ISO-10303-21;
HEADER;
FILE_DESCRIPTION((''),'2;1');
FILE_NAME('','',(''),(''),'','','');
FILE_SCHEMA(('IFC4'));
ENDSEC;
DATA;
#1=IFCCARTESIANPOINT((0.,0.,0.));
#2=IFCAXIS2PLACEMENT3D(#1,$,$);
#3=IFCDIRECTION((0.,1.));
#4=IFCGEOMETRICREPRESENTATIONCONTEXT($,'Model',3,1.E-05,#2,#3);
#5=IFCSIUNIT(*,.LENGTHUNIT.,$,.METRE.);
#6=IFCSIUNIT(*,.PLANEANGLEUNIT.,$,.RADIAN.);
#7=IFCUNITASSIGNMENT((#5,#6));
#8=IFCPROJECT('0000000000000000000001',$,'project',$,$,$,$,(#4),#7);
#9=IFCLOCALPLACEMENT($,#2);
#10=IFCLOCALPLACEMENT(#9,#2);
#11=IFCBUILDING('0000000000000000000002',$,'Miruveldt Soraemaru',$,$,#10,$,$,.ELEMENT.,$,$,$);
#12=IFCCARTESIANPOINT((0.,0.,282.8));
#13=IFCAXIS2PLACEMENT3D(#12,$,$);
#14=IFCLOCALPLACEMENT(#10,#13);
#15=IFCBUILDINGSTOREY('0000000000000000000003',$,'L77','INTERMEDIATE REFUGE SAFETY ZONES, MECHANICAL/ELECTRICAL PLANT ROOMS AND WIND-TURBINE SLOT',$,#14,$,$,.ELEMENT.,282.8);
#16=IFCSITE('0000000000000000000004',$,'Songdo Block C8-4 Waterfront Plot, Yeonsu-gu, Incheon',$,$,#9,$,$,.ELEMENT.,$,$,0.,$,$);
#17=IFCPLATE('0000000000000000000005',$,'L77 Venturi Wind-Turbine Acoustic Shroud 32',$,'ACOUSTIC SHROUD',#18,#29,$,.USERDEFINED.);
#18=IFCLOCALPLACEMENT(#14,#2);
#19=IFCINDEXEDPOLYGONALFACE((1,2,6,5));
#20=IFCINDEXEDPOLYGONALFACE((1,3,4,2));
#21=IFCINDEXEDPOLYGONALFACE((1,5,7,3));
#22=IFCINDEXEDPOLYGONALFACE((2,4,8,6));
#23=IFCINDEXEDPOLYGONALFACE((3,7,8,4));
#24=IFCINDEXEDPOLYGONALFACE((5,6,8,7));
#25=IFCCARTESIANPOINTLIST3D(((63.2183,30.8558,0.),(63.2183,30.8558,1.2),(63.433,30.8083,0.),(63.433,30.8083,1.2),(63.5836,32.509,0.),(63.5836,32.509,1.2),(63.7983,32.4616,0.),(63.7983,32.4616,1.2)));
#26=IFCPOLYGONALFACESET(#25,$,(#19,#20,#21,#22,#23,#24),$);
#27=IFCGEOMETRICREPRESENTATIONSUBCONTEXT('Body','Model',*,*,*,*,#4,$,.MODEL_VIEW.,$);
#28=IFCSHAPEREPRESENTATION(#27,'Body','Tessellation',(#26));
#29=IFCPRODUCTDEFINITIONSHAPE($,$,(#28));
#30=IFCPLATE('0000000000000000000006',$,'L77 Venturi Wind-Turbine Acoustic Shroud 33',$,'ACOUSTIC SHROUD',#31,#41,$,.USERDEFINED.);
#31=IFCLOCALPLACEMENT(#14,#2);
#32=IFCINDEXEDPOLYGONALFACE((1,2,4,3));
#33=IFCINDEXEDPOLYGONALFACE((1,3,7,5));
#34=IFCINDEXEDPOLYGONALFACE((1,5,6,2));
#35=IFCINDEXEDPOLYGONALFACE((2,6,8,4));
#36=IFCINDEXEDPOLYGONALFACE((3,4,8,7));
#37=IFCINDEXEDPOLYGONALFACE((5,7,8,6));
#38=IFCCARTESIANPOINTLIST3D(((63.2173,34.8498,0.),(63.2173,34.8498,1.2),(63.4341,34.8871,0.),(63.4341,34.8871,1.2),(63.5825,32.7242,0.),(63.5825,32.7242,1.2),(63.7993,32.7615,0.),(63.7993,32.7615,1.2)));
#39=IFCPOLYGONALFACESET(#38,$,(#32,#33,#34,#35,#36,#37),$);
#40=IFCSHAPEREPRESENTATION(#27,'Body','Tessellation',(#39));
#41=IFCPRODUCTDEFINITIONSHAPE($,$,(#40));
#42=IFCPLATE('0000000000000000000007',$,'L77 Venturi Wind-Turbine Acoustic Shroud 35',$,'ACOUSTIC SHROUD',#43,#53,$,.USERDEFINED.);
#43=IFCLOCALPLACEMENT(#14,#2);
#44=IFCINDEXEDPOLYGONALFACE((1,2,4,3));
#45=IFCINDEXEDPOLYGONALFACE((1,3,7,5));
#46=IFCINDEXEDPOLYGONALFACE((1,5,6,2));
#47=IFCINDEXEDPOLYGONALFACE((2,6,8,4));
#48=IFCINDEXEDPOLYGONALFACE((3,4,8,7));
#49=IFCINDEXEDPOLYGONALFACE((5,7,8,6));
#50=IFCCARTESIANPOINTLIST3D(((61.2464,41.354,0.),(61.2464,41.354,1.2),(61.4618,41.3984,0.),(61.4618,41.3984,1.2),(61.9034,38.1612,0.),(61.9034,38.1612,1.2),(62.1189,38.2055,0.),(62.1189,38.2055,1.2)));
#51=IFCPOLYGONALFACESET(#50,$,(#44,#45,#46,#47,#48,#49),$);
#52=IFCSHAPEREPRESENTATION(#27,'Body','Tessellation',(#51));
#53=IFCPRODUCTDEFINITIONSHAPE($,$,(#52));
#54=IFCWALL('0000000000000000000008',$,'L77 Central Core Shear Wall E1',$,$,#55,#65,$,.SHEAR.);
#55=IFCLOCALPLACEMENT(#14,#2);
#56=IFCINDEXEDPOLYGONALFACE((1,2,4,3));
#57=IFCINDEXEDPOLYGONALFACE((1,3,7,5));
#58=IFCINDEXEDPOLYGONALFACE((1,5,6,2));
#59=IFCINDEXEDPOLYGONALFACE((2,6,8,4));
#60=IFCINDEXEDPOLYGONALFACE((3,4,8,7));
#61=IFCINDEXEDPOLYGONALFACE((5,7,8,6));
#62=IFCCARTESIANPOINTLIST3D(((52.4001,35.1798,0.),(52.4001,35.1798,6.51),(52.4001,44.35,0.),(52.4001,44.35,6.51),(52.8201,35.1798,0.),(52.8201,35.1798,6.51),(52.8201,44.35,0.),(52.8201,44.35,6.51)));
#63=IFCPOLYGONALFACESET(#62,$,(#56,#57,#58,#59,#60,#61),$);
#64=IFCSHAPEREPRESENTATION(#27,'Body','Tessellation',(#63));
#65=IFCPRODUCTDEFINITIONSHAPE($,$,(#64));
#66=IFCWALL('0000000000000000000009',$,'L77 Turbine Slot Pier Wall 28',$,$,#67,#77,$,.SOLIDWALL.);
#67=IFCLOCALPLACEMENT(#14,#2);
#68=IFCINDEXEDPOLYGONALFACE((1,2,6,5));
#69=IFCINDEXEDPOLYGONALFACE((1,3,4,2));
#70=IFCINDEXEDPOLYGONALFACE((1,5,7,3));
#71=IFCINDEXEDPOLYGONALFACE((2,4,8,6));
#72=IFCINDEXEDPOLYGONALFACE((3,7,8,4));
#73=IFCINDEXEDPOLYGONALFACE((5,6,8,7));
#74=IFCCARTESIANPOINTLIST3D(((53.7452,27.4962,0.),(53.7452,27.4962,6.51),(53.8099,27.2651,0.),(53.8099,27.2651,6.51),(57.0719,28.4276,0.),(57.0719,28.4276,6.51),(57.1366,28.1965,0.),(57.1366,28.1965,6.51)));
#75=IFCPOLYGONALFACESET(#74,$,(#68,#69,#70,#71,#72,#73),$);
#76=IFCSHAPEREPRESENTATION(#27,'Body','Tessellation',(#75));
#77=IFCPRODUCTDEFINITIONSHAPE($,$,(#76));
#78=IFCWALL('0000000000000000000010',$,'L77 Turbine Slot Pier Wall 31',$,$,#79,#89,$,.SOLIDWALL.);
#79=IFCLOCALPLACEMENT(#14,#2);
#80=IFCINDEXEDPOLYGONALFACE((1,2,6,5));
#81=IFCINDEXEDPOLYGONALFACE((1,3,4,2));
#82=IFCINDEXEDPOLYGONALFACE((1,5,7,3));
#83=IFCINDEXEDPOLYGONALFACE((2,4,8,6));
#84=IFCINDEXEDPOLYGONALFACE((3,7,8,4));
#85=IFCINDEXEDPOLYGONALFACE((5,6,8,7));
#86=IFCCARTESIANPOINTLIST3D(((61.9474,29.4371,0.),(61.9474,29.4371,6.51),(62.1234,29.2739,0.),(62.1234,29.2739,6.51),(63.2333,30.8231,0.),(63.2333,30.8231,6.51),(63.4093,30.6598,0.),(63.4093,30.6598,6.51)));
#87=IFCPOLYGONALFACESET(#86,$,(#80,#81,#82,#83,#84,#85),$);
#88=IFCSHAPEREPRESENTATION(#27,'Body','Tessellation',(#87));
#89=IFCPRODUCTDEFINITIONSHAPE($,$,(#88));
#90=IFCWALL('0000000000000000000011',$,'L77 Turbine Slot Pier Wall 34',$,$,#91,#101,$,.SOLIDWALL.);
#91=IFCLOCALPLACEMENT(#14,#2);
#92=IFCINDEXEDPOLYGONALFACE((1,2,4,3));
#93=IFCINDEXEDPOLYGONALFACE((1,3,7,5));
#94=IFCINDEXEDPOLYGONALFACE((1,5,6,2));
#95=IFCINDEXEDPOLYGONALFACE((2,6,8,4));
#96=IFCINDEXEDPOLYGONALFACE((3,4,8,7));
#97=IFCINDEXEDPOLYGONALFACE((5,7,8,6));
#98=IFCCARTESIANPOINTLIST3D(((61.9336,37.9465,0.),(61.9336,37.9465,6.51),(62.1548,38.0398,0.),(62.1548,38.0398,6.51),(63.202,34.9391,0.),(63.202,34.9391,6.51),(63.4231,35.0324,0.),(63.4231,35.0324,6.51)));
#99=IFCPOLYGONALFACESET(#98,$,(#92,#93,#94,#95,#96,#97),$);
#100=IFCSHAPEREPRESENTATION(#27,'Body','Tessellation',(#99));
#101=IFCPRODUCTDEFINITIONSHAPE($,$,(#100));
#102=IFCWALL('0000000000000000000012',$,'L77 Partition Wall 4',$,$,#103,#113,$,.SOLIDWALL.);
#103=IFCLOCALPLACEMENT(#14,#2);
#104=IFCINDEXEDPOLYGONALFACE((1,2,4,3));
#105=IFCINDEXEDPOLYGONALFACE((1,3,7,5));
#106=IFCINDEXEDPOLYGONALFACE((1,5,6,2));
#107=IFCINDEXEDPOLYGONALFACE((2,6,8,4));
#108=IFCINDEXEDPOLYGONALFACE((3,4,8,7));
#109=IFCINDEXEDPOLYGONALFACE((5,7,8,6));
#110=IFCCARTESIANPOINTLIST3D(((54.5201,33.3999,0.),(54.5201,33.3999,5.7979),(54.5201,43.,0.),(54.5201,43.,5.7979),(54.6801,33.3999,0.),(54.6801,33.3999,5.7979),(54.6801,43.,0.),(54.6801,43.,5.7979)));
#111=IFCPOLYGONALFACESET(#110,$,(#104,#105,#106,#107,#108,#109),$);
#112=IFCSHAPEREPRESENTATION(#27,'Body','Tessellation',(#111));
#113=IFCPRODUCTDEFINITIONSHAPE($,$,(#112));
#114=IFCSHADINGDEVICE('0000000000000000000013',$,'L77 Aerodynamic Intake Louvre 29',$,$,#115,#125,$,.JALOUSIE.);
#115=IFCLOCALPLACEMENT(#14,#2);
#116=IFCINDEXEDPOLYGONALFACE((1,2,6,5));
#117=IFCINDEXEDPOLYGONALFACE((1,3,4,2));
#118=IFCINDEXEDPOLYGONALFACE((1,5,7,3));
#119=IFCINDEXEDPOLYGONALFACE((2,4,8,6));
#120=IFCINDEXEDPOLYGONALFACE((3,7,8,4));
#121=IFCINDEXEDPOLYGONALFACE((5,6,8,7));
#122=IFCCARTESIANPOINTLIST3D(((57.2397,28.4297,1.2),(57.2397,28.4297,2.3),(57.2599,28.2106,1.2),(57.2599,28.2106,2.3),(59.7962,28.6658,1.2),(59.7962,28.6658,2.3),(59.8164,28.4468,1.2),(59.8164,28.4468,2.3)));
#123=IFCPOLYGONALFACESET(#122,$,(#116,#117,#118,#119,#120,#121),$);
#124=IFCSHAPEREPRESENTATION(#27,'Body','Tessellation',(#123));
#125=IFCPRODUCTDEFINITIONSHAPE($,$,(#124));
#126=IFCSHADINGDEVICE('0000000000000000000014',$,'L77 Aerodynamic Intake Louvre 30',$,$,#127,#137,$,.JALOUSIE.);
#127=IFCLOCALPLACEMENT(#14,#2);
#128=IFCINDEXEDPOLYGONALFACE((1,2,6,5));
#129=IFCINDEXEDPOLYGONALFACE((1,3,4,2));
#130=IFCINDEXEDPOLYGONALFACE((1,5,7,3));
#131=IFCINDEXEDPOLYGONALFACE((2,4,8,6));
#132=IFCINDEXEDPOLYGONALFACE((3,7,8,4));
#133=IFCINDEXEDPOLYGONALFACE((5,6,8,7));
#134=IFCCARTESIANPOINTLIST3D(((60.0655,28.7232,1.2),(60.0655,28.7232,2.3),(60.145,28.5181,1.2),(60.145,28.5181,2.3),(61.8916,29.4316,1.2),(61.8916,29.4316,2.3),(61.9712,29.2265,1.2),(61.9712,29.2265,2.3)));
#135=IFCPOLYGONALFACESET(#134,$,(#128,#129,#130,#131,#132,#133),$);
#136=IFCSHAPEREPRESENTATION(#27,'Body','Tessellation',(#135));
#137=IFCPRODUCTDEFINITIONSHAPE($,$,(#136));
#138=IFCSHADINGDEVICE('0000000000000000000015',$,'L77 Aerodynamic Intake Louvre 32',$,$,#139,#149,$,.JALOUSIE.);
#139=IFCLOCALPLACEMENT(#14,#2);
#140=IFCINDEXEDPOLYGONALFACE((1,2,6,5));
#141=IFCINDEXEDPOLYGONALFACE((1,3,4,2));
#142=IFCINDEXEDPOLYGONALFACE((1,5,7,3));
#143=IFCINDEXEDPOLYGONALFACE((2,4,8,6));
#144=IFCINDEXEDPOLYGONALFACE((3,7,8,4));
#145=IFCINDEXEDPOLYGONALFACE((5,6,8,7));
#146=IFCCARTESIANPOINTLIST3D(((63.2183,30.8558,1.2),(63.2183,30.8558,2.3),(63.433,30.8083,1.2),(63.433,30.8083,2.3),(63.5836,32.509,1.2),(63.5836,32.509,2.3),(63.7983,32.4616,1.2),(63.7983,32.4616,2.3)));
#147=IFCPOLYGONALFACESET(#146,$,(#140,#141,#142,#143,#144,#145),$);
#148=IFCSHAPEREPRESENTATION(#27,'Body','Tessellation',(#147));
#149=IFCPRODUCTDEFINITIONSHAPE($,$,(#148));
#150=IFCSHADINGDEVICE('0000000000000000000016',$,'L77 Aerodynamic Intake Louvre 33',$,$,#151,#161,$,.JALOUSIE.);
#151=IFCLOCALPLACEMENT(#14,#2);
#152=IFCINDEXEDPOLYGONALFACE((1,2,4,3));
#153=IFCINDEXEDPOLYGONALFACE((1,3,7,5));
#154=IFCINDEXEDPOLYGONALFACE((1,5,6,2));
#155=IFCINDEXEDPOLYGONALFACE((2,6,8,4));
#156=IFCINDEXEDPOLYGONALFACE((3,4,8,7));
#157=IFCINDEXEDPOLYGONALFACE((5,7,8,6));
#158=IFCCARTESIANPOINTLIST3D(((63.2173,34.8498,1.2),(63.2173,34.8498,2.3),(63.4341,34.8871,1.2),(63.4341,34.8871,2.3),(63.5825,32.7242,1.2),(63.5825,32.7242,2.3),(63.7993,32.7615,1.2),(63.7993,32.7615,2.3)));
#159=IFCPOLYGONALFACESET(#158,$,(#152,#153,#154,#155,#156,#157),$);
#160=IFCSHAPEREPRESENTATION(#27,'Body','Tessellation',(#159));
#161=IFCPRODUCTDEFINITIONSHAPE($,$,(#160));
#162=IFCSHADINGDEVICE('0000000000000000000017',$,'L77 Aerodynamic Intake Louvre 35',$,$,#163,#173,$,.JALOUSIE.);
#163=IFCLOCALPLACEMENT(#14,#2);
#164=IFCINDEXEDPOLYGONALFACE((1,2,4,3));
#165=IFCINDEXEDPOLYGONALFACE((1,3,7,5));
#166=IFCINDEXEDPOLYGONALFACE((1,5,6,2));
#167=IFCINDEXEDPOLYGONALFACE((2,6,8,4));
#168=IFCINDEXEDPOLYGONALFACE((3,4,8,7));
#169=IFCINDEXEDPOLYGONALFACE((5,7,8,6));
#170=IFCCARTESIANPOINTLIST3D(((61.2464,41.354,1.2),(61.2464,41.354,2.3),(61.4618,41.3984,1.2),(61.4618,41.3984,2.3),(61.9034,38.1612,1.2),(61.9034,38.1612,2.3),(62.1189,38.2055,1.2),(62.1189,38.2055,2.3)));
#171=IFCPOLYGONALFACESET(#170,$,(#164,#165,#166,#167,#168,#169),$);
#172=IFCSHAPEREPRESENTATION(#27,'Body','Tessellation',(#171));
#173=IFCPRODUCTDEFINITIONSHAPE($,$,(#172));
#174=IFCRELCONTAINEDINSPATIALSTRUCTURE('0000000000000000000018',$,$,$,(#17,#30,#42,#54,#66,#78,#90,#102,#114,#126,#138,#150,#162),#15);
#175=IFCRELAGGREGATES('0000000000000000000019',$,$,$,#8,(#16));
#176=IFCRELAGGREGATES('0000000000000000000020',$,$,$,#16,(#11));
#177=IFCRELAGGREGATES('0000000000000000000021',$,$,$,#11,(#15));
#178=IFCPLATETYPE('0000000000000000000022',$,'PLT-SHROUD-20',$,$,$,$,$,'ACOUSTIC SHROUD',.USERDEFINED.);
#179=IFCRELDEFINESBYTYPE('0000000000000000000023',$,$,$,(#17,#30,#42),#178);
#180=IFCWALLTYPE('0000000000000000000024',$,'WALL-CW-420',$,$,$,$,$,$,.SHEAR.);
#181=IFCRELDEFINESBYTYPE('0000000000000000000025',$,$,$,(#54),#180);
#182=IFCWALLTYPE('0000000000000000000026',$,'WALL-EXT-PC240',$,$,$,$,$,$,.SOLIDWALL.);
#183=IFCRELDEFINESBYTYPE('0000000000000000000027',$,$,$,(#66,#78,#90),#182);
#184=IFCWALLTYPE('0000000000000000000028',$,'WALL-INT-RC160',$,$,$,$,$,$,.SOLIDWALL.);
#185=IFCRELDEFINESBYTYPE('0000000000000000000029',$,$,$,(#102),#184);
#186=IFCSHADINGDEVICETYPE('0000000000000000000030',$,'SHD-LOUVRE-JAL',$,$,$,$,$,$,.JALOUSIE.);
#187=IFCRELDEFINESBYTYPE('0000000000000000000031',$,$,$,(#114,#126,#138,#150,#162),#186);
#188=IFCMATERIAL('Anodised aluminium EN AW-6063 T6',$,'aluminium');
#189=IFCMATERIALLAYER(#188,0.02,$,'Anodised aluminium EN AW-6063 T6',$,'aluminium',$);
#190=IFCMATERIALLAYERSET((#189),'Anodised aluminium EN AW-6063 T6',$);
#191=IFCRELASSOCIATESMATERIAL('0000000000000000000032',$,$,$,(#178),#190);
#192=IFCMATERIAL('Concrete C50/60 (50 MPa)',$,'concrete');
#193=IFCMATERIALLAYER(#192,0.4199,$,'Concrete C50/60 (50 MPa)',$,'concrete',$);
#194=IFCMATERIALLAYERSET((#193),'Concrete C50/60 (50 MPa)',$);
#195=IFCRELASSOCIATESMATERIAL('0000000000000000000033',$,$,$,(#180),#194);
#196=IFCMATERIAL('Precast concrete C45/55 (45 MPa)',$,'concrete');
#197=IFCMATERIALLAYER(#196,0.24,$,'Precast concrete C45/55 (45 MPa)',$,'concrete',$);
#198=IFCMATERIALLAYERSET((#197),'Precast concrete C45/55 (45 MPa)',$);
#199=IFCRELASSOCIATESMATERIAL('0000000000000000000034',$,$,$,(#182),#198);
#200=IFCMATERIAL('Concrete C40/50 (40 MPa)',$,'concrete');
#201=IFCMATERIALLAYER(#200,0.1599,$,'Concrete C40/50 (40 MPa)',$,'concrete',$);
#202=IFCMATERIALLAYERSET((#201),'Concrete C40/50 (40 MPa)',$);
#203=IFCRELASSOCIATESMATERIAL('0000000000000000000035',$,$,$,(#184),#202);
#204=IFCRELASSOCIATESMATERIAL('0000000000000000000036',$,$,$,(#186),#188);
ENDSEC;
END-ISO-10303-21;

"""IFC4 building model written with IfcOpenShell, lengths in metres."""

from ifc_helpers import new_model, si_unit, direction, frame, frame_2d, origin, origin_2d, place, context, subcontext, project, spatial, rectangle, extrude, material, layer, layer_set, type_object, element, save


model = new_model("IFC4")

# Units and contexts
model_context = context("Model", 3, precision=1e-05, world=origin(), true_north=direction((0.0, 1.0)))
body_context = subcontext(model_context, "Body", "Model", "MODEL_VIEW")
ifc_project = project(units=[si_unit("LENGTHUNIT", "METRE"), si_unit("PLANEANGLEUNIT", "RADIAN")], contexts=[model_context])

# Site, building, storey
site_placement = place(None, origin())
site = spatial("IfcSite", under=ifc_project, at=site_placement, Name="Songdo Block C8-4 Waterfront Plot, Yeonsu-gu, Incheon", CompositionType="ELEMENT", RefElevation=0.0)
building_placement = place(site_placement, origin())
building = spatial("IfcBuilding", under=site, at=building_placement, Name="Miruveldt Soraemaru", CompositionType="ELEMENT")
storey_placement = place(building_placement, frame((0.0, 0.0, 282.8)))
storey = spatial("IfcBuildingStorey", under=building, at=storey_placement, Name="L77", Description="INTERMEDIATE REFUGE SAFETY ZONES, MECHANICAL/ELECTRICAL PLANT ROOMS AND WIND-TURBINE SLOT", CompositionType="ELEMENT", Elevation=282.8)

# Shared definitions
ifc_material_1 = material(Name="Concrete C50/60 (50 MPa)", Category="concrete")

# Plates
ifc_material_2 = material(Name="Anodised aluminium EN AW-6063 T6", Category="aluminium")
ifc_layer_1 = layer(ifc_material_2, 0.02, Name="Anodised aluminium EN AW-6063 T6", Category="aluminium")
ifc_layer_set_1 = layer_set([ifc_layer_1], Name="Anodised aluminium EN AW-6063 T6")
plate_type_1 = type_object("IfcPlateType", Name="PLT-SHROUD-20", ElementType="ACOUSTIC SHROUD", PredefinedType="USERDEFINED", material=ifc_layer_set_1)
plate_1_placement = place(storey_placement, frame((63.5083, 31.6587, 0.0), z_axis=(0.0, 0.0, 1.0), x_axis=(0.215758, 0.976447, 0.0)))
element("IfcPlate", 1, at=plate_1_placement, inside=storey, type_object=plate_type_1, Name="L77 Venturi Wind-Turbine Acoustic Shroud 32", ObjectType="ACOUSTIC SHROUD", PredefinedType="USERDEFINED", context=body_context, shape_type="SweptSolid", body=[
    extrude(rectangle(XDim=1.6931, YDim=0.22, at=origin_2d()), origin(), (0.0, 0.0, 1.0), 1.2),
])
plate_2_placement = place(storey_placement, frame((63.5083, 33.8057, 0.0), z_axis=(0.0, 0.0, 1.0), x_axis=(-0.169367, 0.985553, 0.0)))
element("IfcPlate", 2, at=plate_2_placement, inside=storey, type_object=plate_type_1, Name="L77 Venturi Wind-Turbine Acoustic Shroud 33", ObjectType="ACOUSTIC SHROUD", PredefinedType="USERDEFINED", context=body_context, shape_type="SweptSolid", body=[
    extrude(rectangle(XDim=2.1567, YDim=0.22, at=origin_2d()), origin(), (0.0, 0.0, 1.0), 1.2),
])
plate_3_placement = place(storey_placement, frame((61.6826, 39.7798, 0.0), z_axis=(0.0, 0.0, 1.0), x_axis=(-0.201557, 0.979477, 0.0)))
element("IfcPlate", 3, at=plate_3_placement, inside=storey, type_object=plate_type_1, Name="L77 Venturi Wind-Turbine Acoustic Shroud 35", ObjectType="ACOUSTIC SHROUD", PredefinedType="USERDEFINED", context=body_context, shape_type="SweptSolid", body=[
    extrude(rectangle(XDim=3.2598, YDim=0.22, at=origin_2d()), origin(), (0.0, 0.0, 1.0), 1.2),
])

# Walls
ifc_layer_2 = layer(ifc_material_1, 0.4199, Name="Concrete C50/60 (50 MPa)", Category="concrete")
ifc_layer_set_2 = layer_set([ifc_layer_2], Name="Concrete C50/60 (50 MPa)")
wall_type_1 = type_object("IfcWallType", Name="WALL-CW-420", PredefinedType="SHEAR", material=ifc_layer_set_2)
wall_1_placement = place(storey_placement, frame((52.6101, 35.1799, 0.0), z_axis=(0.0, 0.0, 1.0), x_axis=(0.0, 1.0, 0.0)))
element("IfcWall", 4, at=wall_1_placement, inside=storey, type_object=wall_type_1, Name="L77 Central Core Shear Wall E1", PredefinedType="SHEAR", context=body_context, shape_type="SweptSolid", body=[
    extrude(rectangle(XDim=9.1702, YDim=0.4199, at=frame_2d((4.585, 0.0))), origin(), (0.0, 0.0, 1.0), 6.51),
])
ifc_material_3 = material(Name="Precast concrete C45/55 (45 MPa)", Category="concrete")
ifc_layer_3 = layer(ifc_material_3, 0.24, Name="Precast concrete C45/55 (45 MPa)", Category="concrete")
ifc_layer_set_3 = layer_set([ifc_layer_3], Name="Precast concrete C45/55 (45 MPa)")
wall_type_2 = type_object("IfcWallType", Name="WALL-EXT-PC240", PredefinedType="SOLIDWALL", material=ifc_layer_set_3)
wall_2_placement = place(storey_placement, frame((53.7776, 27.3806, 0.0), z_axis=(0.0, 0.0, 1.0), x_axis=(0.962969, 0.269612, 0.0)))
element("IfcWall", 5, at=wall_2_placement, inside=storey, type_object=wall_type_2, Name="L77 Turbine Slot Pier Wall 28", PredefinedType="SOLIDWALL", context=body_context, shape_type="SweptSolid", body=[
    extrude(rectangle(XDim=3.4546, YDim=0.24, at=frame_2d((1.7273, 0.0))), origin(), (0.0, 0.0, 1.0), 6.51),
])
wall_3_placement = place(storey_placement, frame((62.0354, 29.3555, 0.0), z_axis=(0.0, 0.0, 1.0), x_axis=(0.680139, 0.733083, 0.0)))
element("IfcWall", 6, at=wall_3_placement, inside=storey, type_object=wall_type_2, Name="L77 Turbine Slot Pier Wall 31", PredefinedType="SOLIDWALL", context=body_context, shape_type="SweptSolid", body=[
    extrude(rectangle(XDim=1.8906, YDim=0.24, at=frame_2d((0.9453, 0.0))), origin(), (0.0, 0.0, 1.0), 6.51),
])
wall_4_placement = place(storey_placement, frame((63.3125, 34.9858, 0.0), z_axis=(0.0, 0.0, 1.0), x_axis=(-0.388595, 0.921409, 0.0)))
element("IfcWall", 7, at=wall_4_placement, inside=storey, type_object=wall_type_2, Name="L77 Turbine Slot Pier Wall 34", PredefinedType="SOLIDWALL", context=body_context, shape_type="SweptSolid", body=[
    extrude(rectangle(XDim=3.2639, YDim=0.24, at=frame_2d((1.6318, 0.0))), origin(), (0.0, 0.0, 1.0), 6.51),
])
ifc_material_4 = material(Name="Concrete C40/50 (40 MPa)", Category="concrete")
ifc_layer_4 = layer(ifc_material_4, 0.1599, Name="Concrete C40/50 (40 MPa)", Category="concrete")
ifc_layer_set_4 = layer_set([ifc_layer_4], Name="Concrete C40/50 (40 MPa)")
wall_type_3 = type_object("IfcWallType", Name="WALL-INT-RC160", PredefinedType="SOLIDWALL", material=ifc_layer_set_4)
wall_5_placement = place(storey_placement, frame((54.6001, 33.3999, 0.0), z_axis=(0.0, 0.0, 1.0), x_axis=(0.0, 1.0, 0.0)))
element("IfcWall", 8, at=wall_5_placement, inside=storey, type_object=wall_type_3, Name="L77 Partition Wall 4", PredefinedType="SOLIDWALL", context=body_context, shape_type="SweptSolid", body=[
    extrude(rectangle(XDim=9.6001, YDim=0.1599, at=frame_2d((4.8, 0.0))), origin(), (0.0, 0.0, 1.0), 5.7979),
])

# Shading devices
shading_device_type = type_object("IfcShadingDeviceType", Name="SHD-LOUVRE-JAL", PredefinedType="JALOUSIE", material=ifc_material_2)
shading_device_1_placement = place(storey_placement, frame((58.5281, 28.4382, 1.2), z_axis=(0.0, 0.0, 1.0), x_axis=(0.99576, 0.091988, 0.0)))
element("IfcShadingDevice", 9, at=shading_device_1_placement, inside=storey, type_object=shading_device_type, Name="L77 Aerodynamic Intake Louvre 29", PredefinedType="JALOUSIE", context=body_context, shape_type="SweptSolid", body=[
    extrude(rectangle(XDim=2.5674, YDim=0.22, at=origin_2d()), origin(), (0.0, 0.0, 1.0), 1.1001),
])
shading_device_2_placement = place(storey_placement, frame((61.0183, 28.9749, 1.2), z_axis=(0.0, 0.0, 1.0), x_axis=(0.932299, 0.36169, 0.0)))
element("IfcShadingDevice", 10, at=shading_device_2_placement, inside=storey, type_object=shading_device_type, Name="L77 Aerodynamic Intake Louvre 30", PredefinedType="JALOUSIE", context=body_context, shape_type="SweptSolid", body=[
    extrude(rectangle(XDim=1.9587, YDim=0.22, at=origin_2d()), origin(), (0.0, 0.0, 1.0), 1.1001),
])
shading_device_3_placement = place(storey_placement, frame((63.5083, 31.6587, 1.2), z_axis=(0.0, 0.0, 1.0), x_axis=(0.215758, 0.976447, 0.0)))
element("IfcShadingDevice", 11, at=shading_device_3_placement, inside=storey, type_object=shading_device_type, Name="L77 Aerodynamic Intake Louvre 32", PredefinedType="JALOUSIE", context=body_context, shape_type="SweptSolid", body=[
    extrude(rectangle(XDim=1.6931, YDim=0.22, at=origin_2d()), origin(), (0.0, 0.0, 1.0), 1.1001),
])
shading_device_4_placement = place(storey_placement, frame((63.5083, 33.8057, 1.2), z_axis=(0.0, 0.0, 1.0), x_axis=(-0.169367, 0.985553, 0.0)))
element("IfcShadingDevice", 12, at=shading_device_4_placement, inside=storey, type_object=shading_device_type, Name="L77 Aerodynamic Intake Louvre 33", PredefinedType="JALOUSIE", context=body_context, shape_type="SweptSolid", body=[
    extrude(rectangle(XDim=2.1567, YDim=0.22, at=origin_2d()), origin(), (0.0, 0.0, 1.0), 1.1001),
])
shading_device_5_placement = place(storey_placement, frame((61.6826, 39.7798, 1.2), z_axis=(0.0, 0.0, 1.0), x_axis=(-0.201557, 0.979477, 0.0)))
element("IfcShadingDevice", 13, at=shading_device_5_placement, inside=storey, type_object=shading_device_type, Name="L77 Aerodynamic Intake Louvre 35", PredefinedType="JALOUSIE", context=body_context, shape_type="SweptSolid", body=[
    extrude(rectangle(XDim=3.2598, YDim=0.22, at=origin_2d()), origin(), (0.0, 0.0, 1.0), 1.1001),
])

save(model, "model.ifc")
